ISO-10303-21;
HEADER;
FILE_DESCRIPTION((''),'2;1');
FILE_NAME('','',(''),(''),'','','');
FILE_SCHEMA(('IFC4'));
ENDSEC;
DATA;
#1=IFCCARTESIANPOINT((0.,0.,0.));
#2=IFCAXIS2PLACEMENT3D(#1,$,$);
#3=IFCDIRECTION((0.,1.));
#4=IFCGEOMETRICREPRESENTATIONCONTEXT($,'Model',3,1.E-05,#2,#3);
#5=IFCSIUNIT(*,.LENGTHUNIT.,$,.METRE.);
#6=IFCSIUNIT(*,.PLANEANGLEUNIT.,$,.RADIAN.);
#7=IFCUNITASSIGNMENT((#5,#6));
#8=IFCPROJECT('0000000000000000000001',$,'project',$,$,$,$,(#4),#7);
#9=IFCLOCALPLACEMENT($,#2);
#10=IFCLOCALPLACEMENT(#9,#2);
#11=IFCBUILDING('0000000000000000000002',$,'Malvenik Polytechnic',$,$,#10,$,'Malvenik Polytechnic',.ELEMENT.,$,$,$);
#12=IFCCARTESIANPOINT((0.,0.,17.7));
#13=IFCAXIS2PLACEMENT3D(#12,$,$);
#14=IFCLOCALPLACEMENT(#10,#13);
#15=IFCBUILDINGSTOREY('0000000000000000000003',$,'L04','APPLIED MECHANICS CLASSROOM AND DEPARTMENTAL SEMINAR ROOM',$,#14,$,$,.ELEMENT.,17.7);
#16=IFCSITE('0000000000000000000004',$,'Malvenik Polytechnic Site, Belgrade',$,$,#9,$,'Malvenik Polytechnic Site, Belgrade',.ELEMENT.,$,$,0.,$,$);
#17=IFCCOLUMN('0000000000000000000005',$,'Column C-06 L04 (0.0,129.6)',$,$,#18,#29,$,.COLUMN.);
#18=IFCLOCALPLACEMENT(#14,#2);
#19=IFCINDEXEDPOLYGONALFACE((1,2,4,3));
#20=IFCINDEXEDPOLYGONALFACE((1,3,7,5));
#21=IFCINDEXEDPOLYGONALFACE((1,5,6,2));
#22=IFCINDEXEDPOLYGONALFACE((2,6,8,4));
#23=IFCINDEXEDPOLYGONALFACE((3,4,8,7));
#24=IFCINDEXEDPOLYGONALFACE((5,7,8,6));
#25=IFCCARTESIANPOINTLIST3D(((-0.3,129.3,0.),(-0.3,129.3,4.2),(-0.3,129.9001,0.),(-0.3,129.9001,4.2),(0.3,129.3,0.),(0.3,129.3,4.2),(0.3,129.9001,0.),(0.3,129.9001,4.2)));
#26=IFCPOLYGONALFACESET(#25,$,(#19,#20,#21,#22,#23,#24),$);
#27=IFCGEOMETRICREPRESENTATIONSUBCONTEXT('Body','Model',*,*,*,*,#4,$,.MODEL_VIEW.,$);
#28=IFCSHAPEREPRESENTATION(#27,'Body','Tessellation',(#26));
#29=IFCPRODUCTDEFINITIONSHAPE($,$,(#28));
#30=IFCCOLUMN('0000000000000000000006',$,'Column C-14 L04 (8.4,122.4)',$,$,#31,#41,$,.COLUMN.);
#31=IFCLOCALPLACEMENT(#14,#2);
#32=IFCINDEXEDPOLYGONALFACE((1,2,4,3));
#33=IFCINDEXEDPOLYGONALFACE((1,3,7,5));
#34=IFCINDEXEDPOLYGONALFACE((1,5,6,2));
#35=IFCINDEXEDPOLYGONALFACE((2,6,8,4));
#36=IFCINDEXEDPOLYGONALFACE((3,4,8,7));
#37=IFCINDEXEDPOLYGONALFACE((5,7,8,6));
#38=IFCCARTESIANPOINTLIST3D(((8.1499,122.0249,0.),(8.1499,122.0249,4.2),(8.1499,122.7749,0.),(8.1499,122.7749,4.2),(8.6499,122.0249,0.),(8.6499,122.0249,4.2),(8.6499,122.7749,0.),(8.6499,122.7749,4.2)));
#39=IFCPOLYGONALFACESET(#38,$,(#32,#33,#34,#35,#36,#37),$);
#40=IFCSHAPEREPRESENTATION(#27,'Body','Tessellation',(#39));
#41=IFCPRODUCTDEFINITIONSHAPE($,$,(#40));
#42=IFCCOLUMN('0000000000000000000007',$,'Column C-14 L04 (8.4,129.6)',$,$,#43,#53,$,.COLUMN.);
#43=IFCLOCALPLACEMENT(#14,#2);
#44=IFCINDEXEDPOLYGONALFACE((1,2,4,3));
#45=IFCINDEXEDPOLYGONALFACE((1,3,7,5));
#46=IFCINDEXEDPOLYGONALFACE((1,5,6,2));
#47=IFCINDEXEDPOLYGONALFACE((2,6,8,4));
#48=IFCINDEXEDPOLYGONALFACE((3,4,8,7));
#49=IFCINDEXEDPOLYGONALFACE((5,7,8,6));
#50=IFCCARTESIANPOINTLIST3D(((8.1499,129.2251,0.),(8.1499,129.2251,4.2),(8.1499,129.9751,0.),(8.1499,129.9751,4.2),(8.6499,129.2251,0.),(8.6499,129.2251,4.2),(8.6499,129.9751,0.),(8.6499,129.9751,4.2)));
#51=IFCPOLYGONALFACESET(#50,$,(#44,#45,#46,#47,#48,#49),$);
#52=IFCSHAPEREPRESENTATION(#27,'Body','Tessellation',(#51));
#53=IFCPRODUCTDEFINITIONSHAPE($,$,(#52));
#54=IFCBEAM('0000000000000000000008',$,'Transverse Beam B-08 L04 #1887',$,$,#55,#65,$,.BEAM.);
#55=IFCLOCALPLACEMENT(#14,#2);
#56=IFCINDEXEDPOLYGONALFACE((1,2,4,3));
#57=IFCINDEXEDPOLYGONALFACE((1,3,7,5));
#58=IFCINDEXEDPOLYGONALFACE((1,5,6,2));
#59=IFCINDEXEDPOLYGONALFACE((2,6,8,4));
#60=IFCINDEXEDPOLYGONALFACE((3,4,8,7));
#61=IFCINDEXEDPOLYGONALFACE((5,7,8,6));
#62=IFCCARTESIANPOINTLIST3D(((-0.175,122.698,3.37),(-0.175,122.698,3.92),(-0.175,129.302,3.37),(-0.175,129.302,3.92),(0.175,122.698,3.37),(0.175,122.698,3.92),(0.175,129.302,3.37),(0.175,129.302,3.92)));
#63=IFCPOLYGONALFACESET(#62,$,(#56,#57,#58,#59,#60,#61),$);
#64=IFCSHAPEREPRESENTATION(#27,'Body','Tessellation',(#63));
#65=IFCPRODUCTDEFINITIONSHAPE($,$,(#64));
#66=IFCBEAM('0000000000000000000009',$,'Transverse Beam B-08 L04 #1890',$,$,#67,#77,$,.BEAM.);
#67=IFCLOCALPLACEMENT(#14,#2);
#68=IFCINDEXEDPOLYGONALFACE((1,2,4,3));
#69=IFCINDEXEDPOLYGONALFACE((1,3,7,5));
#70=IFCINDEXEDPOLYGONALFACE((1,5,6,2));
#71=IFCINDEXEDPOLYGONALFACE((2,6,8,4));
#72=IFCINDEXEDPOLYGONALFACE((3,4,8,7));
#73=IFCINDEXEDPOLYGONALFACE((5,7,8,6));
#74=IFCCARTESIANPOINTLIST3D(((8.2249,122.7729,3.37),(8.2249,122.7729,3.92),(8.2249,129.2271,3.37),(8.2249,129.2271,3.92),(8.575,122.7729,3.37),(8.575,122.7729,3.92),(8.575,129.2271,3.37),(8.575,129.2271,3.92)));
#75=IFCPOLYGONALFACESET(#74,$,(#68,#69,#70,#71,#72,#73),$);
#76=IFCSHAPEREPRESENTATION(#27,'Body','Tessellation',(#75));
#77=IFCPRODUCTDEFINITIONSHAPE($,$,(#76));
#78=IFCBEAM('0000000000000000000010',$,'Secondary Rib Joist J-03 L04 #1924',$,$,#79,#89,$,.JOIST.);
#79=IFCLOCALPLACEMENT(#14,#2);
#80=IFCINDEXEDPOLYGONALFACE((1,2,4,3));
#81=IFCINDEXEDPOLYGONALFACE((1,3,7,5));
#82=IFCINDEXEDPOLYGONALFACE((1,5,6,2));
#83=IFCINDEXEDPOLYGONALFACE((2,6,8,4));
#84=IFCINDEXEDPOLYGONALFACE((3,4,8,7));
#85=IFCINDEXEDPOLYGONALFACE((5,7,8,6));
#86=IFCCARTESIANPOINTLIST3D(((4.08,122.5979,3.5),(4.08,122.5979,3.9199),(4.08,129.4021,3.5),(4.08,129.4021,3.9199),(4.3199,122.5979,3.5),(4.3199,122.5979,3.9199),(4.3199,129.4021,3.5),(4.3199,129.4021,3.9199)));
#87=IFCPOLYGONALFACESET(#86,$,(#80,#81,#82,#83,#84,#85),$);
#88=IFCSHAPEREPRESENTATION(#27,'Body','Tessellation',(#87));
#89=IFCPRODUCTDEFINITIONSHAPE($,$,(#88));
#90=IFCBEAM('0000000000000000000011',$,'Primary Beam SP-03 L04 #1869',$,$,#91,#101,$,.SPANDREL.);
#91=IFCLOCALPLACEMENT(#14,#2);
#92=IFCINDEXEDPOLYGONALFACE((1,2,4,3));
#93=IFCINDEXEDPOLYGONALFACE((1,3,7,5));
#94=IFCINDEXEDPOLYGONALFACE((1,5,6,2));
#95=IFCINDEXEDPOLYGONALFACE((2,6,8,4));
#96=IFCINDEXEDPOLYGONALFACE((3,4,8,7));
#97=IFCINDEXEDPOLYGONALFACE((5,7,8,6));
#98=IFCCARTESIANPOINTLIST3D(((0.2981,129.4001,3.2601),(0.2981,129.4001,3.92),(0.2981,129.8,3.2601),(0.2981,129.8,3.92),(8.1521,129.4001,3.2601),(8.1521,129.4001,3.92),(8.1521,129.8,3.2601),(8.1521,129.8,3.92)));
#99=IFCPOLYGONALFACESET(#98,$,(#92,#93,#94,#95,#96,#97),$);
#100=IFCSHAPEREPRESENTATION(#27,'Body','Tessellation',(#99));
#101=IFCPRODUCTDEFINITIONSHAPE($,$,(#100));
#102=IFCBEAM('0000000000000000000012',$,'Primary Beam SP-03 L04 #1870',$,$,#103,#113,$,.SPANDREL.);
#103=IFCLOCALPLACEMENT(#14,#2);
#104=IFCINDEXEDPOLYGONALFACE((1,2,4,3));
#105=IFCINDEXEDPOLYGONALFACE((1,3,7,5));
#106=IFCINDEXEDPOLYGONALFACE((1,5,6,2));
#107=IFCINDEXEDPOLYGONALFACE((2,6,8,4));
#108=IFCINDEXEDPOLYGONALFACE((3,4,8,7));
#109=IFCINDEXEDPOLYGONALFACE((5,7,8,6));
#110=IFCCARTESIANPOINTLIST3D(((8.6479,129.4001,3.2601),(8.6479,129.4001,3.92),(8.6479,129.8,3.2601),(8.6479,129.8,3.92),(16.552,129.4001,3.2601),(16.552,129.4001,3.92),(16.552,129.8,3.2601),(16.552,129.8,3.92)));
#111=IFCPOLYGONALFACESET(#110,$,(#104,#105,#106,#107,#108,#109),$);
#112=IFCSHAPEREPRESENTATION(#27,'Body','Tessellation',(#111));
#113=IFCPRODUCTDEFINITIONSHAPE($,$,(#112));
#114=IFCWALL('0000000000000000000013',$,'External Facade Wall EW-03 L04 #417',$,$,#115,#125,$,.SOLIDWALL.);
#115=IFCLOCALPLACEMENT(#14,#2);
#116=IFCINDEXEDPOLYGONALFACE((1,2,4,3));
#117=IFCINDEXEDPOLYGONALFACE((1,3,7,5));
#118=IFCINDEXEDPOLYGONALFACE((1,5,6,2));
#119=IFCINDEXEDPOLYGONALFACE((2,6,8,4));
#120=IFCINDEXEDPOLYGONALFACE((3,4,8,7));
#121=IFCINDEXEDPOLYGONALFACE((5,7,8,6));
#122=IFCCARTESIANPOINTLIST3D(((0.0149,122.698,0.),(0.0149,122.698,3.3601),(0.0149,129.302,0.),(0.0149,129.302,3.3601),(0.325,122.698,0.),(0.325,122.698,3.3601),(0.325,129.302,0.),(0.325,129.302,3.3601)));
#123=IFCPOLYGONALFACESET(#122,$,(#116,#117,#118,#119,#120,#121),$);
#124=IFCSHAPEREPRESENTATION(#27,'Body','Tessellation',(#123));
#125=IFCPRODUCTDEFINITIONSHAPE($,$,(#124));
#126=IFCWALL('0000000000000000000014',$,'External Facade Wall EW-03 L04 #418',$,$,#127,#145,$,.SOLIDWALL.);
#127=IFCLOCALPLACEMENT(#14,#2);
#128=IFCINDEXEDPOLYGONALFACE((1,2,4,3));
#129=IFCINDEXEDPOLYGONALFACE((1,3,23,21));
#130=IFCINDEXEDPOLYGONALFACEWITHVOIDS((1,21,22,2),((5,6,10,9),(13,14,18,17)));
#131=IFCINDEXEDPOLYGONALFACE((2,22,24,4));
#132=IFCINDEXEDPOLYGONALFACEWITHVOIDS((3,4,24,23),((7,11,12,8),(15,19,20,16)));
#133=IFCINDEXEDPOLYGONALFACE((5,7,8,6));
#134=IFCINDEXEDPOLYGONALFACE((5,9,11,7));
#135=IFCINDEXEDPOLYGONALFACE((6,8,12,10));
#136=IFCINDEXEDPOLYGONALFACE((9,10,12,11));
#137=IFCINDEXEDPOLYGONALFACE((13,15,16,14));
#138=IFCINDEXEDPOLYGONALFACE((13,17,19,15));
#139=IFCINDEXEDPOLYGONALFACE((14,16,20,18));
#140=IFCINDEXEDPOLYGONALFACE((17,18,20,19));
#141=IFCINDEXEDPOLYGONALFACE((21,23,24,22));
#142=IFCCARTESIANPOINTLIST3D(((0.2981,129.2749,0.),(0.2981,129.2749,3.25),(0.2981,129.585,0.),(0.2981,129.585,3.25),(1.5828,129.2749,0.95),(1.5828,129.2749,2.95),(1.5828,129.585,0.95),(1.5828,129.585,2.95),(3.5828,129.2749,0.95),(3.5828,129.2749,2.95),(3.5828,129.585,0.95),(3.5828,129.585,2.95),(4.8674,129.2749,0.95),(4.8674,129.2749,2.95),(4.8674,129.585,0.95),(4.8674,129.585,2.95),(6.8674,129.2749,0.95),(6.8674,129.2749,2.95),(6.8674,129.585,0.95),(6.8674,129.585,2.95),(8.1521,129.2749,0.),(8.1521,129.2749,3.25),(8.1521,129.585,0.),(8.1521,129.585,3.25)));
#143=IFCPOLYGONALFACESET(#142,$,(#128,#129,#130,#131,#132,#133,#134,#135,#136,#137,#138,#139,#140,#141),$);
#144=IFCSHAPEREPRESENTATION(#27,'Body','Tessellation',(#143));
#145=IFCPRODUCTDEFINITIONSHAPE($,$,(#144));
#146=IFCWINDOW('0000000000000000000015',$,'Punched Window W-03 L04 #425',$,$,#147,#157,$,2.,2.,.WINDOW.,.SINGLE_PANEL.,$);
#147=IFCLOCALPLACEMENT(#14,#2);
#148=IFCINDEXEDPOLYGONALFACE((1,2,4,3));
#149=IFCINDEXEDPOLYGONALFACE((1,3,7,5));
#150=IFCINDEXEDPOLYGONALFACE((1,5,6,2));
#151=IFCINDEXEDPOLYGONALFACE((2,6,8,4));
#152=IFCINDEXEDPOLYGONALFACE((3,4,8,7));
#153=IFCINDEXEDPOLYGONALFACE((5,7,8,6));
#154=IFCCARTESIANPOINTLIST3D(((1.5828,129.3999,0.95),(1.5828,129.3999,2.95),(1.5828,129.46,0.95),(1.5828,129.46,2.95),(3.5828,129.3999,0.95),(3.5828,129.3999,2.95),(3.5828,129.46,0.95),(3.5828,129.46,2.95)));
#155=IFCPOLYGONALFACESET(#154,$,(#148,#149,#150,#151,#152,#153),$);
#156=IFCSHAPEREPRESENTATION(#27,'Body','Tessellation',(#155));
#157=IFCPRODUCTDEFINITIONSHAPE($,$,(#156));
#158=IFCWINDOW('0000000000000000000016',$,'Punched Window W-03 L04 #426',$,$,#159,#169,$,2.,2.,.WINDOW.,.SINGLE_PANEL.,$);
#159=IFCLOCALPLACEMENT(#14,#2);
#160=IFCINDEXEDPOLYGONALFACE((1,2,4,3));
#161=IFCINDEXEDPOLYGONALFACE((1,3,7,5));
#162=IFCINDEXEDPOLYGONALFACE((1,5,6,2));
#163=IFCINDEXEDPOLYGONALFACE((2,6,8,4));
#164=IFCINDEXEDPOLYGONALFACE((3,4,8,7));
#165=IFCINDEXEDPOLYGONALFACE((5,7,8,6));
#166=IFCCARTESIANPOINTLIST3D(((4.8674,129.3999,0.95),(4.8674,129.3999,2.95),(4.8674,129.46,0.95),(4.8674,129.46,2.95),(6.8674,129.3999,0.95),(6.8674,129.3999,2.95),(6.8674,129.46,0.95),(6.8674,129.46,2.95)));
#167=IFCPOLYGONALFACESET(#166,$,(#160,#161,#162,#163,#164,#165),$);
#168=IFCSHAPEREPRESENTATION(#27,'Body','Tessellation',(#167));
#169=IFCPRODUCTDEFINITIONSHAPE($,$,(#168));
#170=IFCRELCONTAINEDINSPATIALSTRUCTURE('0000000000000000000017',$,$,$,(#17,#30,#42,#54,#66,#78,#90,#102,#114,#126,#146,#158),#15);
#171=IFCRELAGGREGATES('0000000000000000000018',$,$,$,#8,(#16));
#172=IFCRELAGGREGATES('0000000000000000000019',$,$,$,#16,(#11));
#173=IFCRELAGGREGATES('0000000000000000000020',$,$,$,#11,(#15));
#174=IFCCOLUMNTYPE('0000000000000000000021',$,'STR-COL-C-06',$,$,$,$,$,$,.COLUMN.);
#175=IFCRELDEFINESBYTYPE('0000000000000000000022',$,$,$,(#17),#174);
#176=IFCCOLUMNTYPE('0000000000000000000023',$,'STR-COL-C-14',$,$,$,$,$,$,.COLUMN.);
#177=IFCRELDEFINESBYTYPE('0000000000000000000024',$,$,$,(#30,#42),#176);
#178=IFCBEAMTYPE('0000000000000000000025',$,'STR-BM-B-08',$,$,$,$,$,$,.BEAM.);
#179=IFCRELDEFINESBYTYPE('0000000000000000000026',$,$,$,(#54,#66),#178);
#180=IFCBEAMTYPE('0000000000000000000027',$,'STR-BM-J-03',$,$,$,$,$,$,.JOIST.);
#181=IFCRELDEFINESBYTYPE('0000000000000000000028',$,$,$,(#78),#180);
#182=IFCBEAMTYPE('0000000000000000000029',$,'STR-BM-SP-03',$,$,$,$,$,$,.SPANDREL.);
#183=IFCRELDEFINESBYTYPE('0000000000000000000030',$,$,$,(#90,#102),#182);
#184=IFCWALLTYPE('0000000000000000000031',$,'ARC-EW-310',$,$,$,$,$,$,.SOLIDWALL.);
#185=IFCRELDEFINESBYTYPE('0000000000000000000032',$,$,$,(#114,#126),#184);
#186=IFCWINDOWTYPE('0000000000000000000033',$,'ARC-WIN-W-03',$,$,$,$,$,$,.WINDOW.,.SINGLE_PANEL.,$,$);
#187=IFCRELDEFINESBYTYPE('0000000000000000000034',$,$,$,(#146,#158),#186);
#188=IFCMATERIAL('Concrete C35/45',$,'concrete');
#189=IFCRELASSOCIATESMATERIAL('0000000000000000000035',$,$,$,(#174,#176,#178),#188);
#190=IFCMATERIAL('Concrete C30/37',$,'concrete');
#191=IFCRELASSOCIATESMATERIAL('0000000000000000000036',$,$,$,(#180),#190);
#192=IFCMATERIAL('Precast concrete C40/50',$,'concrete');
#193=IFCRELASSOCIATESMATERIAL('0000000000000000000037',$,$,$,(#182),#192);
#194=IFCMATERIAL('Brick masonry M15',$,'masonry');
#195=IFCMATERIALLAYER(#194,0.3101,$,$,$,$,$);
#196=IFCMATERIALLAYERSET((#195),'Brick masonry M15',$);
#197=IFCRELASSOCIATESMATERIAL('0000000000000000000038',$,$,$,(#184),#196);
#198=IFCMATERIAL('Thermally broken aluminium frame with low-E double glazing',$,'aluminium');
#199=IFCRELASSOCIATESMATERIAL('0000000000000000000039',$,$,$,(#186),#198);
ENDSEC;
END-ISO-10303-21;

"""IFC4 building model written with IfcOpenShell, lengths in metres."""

from ifc_helpers import new_model, si_unit, direction, frame, frame_2d, origin, origin_2d, place, context, subcontext, project, spatial, rectangle, extrude, material, layer, layer_set, material_profile, profile_set, type_object, element, fill, save


model = new_model("IFC4")

# Units and contexts
model_context = context("Model", 3, precision=1e-05, world=origin(), true_north=direction((0.0, 1.0)))
body_context = subcontext(model_context, "Body", "Model", "MODEL_VIEW")
ifc_project = project(units=[si_unit("LENGTHUNIT", "METRE"), si_unit("PLANEANGLEUNIT", "RADIAN")], contexts=[model_context])

# Site, building, storey
site_placement = place(None, origin())
site = spatial("IfcSite", under=ifc_project, at=site_placement, Name="Malvenik Polytechnic Site, Belgrade", LongName="Malvenik Polytechnic Site, Belgrade", CompositionType="ELEMENT", RefElevation=0.0)
building_placement = place(site_placement, origin())
building = spatial("IfcBuilding", under=site, at=building_placement, Name="Malvenik Polytechnic", LongName="Malvenik Polytechnic", CompositionType="ELEMENT")
storey_placement = place(building_placement, frame((0.0, 0.0, 17.7)))
storey = spatial("IfcBuildingStorey", under=building, at=storey_placement, Name="L04", Description="APPLIED MECHANICS CLASSROOM AND DEPARTMENTAL SEMINAR ROOM", CompositionType="ELEMENT", Elevation=17.7)

# Columns
ifc_material_1 = material(Name="Concrete C35/45", Category="concrete")
ifc_material_profile_1 = material_profile(ifc_material_1, rectangle(XDim=0.6001, YDim=0.6001, at=origin_2d()), Name="RC COL 600x600")
ifc_profile_set_1 = profile_set([ifc_material_profile_1], Name="Concrete C35/45")
column_type_1 = type_object("IfcColumnType", Name="STR-COL-C-06", PredefinedType="COLUMN", material=ifc_profile_set_1)
column_placement = place(storey_placement, frame((0.0, 129.6001, 0.0), z_axis=(0.0, 0.0, 1.0), x_axis=(1.0, 0.0, 0.0)))
element("IfcColumn", 1, at=column_placement, inside=storey, type_object=column_type_1, Name="Column C-06 L04 (0.0,129.6)", PredefinedType="COLUMN", context=body_context, shape_type="SweptSolid", body=[
    extrude(rectangle(XDim=0.6001, YDim=0.6001, at=origin_2d()), origin(), (0.0, 0.0, 1.0), 4.2),
])
ifc_material_profile_2 = material_profile(ifc_material_1, rectangle(XDim=0.5, YDim=0.75, at=origin_2d()), Name="RC COL 750x500")
ifc_profile_set_2 = profile_set([ifc_material_profile_2], Name="Concrete C35/45")
column_type_2 = type_object("IfcColumnType", Name="STR-COL-C-14", PredefinedType="COLUMN", material=ifc_profile_set_2)
for number, where, z_axis, x_axis, name in (
    (2, (8.3999, 122.3999, 0.0), (0.0, 0.0, 1.0), (1.0, 0.0, 0.0), "Column C-14 L04 (8.4,122.4)"),
    (3, (8.3999, 129.6001, 0.0), (0.0, 0.0, 1.0), (1.0, 0.0, 0.0), "Column C-14 L04 (8.4,129.6)"),
):
    element("IfcColumn", number, at=place(storey_placement, frame(where, z_axis=z_axis, x_axis=x_axis)), inside=storey, type_object=column_type_2, Name=name, PredefinedType="COLUMN", context=body_context, shape_type="SweptSolid", body=[
        extrude(rectangle(XDim=0.5, YDim=0.75, at=origin_2d()), origin(), (0.0, 0.0, 1.0), 4.2),
    ])

# Beams
ifc_material_profile_3 = material_profile(ifc_material_1, rectangle(XDim=0.3501, YDim=0.55, at=origin_2d()), Name="RC BM 350x550")
ifc_profile_set_3 = profile_set([ifc_material_profile_3], Name="Concrete C35/45")
beam_type_1 = type_object("IfcBeamType", Name="STR-BM-B-08", PredefinedType="BEAM", material=ifc_profile_set_3)
beam_1_placement = place(storey_placement, frame((0.0, 122.698, 3.645), z_axis=(0.0, 1.0, 0.0), x_axis=(-1.0, 0.0, 0.0)))
element("IfcBeam", 4, at=beam_1_placement, inside=storey, type_object=beam_type_1, Name="Transverse Beam B-08 L04 #1887", PredefinedType="BEAM", context=body_context, shape_type="SweptSolid", body=[
    extrude(rectangle(XDim=0.3501, YDim=0.55, at=origin_2d()), origin(), (0.0, 0.0, 1.0), 6.604),
])
beam_2_placement = place(storey_placement, frame((8.3999, 122.7729, 3.645), z_axis=(0.0, 1.0, 0.0), x_axis=(-1.0, 0.0, 0.0)))
element("IfcBeam", 5, at=beam_2_placement, inside=storey, type_object=beam_type_1, Name="Transverse Beam B-08 L04 #1890", PredefinedType="BEAM", context=body_context, shape_type="SweptSolid", body=[
    extrude(rectangle(XDim=0.3501, YDim=0.55, at=origin_2d()), origin(), (0.0, 0.0, 1.0), 6.4541),
])
ifc_material_2 = material(Name="Concrete C30/37", Category="concrete")
ifc_material_profile_4 = material_profile(ifc_material_2, rectangle(XDim=0.24, YDim=0.4199, at=origin_2d()), Name="RC JST 240x420")
ifc_profile_set_4 = profile_set([ifc_material_profile_4], Name="Concrete C30/37")
beam_type_2 = type_object("IfcBeamType", Name="STR-BM-J-03", PredefinedType="JOIST", material=ifc_profile_set_4)
beam_3_placement = place(storey_placement, frame((4.2, 122.5979, 3.71), z_axis=(0.0, 1.0, 0.0), x_axis=(-1.0, 0.0, 0.0)))
element("IfcBeam", 6, at=beam_3_placement, inside=storey, type_object=beam_type_2, Name="Secondary Rib Joist J-03 L04 #1924", PredefinedType="JOIST", context=body_context, shape_type="SweptSolid", body=[
    extrude(rectangle(XDim=0.24, YDim=0.4199, at=origin_2d()), origin(), (0.0, 0.0, 1.0), 6.8042),
])
ifc_material_3 = material(Name="Precast concrete C40/50", Category="concrete")
ifc_material_profile_5 = material_profile(ifc_material_3, rectangle(XDim=0.3999, YDim=0.6599, at=origin_2d()), Name="PC SPN 400x660")
ifc_profile_set_5 = profile_set([ifc_material_profile_5], Name="Precast concrete C40/50")
beam_type_3 = type_object("IfcBeamType", Name="STR-BM-SP-03", PredefinedType="SPANDREL", material=ifc_profile_set_5)
beam_4_placement = place(storey_placement, frame((0.2981, 129.6001, 3.5901), z_axis=(1.0, 0.0, 0.0), x_axis=(0.0, 1.0, 0.0)))
element("IfcBeam", 7, at=beam_4_placement, inside=storey, type_object=beam_type_3, Name="Primary Beam SP-03 L04 #1869", PredefinedType="SPANDREL", context=body_context, shape_type="SweptSolid", body=[
    extrude(rectangle(XDim=0.3999, YDim=0.6599, at=origin_2d()), origin(), (0.0, 0.0, 1.0), 7.854),
])
beam_5_placement = place(storey_placement, frame((8.6479, 129.6001, 3.5901), z_axis=(1.0, 0.0, 0.0), x_axis=(0.0, 1.0, 0.0)))
element("IfcBeam", 8, at=beam_5_placement, inside=storey, type_object=beam_type_3, Name="Primary Beam SP-03 L04 #1870", PredefinedType="SPANDREL", context=body_context, shape_type="SweptSolid", body=[
    extrude(rectangle(XDim=0.3999, YDim=0.6599, at=origin_2d()), origin(), (0.0, 0.0, 1.0), 7.9041),
])

# Wall
ifc_material_4 = material(Name="Brick masonry M15", Category="masonry")
ifc_layer_1 = layer(ifc_material_4, 0.3101)
ifc_layer_set_1 = layer_set([ifc_layer_1], Name="Brick masonry M15")
wall_type_1 = type_object("IfcWallType", Name="ARC-EW-310", PredefinedType="SOLIDWALL", material=ifc_layer_set_1)
wall_1_placement = place(storey_placement, frame((0.1699, 122.698, 0.0), z_axis=(0.0, 0.0, 1.0), x_axis=(0.0, 1.0, 0.0)))
element("IfcWall", 9, at=wall_1_placement, inside=storey, type_object=wall_type_1, Name="External Facade Wall EW-03 L04 #417", PredefinedType="SOLIDWALL", context=body_context, shape_type="SweptSolid", body=[
    extrude(rectangle(XDim=6.604, YDim=0.3101, at=frame_2d((3.302, 0.0))), origin(), (0.0, 0.0, 1.0), 3.3601),
])

# Wall, openings, windows
wall_2_placement = place(storey_placement, frame((0.2981, 129.4299, 0.0), z_axis=(0.0, 0.0, 1.0), x_axis=(1.0, 0.0, 0.0)))
wall_2 = element("IfcWall", 10, at=wall_2_placement, inside=storey, type_object=wall_type_1, Name="External Facade Wall EW-03 L04 #418", PredefinedType="SOLIDWALL", context=body_context, shape_type="SweptSolid", body=[
    extrude(rectangle(XDim=7.854, YDim=0.3101, at=frame_2d((3.927, 0.0))), origin(), (0.0, 0.0, 1.0), 3.25),
])
opening_1_placement = place(wall_2_placement, frame((1.2847, 0.0, 0.95)))
opening_1 = element("IfcOpeningElement", 11, at=opening_1_placement, cuts=wall_2, PredefinedType="OPENING", context=body_context, shape_type="SweptSolid", body=[
    extrude(rectangle(XDim=2.0, YDim=2.0, at=frame_2d((1.0, 1.0))), frame((0.0, 0.165, 0.0), z_axis=(0.0, -1.0, 0.0), x_axis=(1.0, 0.0, 0.0)), (0.0, 0.0, 1.0), 0.3301),
])
opening_2_placement = place(wall_2_placement, frame((4.5693, 0.0, 0.95)))
opening_2 = element("IfcOpeningElement", 12, at=opening_2_placement, cuts=wall_2, PredefinedType="OPENING", context=body_context, shape_type="SweptSolid", body=[
    extrude(rectangle(XDim=2.0, YDim=2.0, at=frame_2d((1.0, 1.0))), frame((0.0, 0.165, 0.0), z_axis=(0.0, -1.0, 0.0), x_axis=(1.0, 0.0, 0.0)), (0.0, 0.0, 1.0), 0.3301),
])
ifc_material_5 = material(Name="Thermally broken aluminium frame with low-E double glazing", Category="aluminium")
window_type_1 = type_object("IfcWindowType", Name="ARC-WIN-W-03", PartitioningType="SINGLE_PANEL", PredefinedType="WINDOW", material=ifc_material_5)
window_1_placement = place(opening_1_placement, origin())
window_1 = element("IfcWindow", 13, at=window_1_placement, inside=storey, type_object=window_type_1, Name="Punched Window W-03 L04 #425", OverallHeight=2.0, OverallWidth=2.0, PartitioningType="SINGLE_PANEL", PredefinedType="WINDOW", context=body_context, shape_type="SweptSolid", body=[
    extrude(rectangle(XDim=2.0, YDim=2.0, at=frame_2d((1.0, 1.0))), frame((0.0, 0.03, 0.0), z_axis=(0.0, -1.0, 0.0), x_axis=(1.0, 0.0, 0.0)), (0.0, 0.0, 1.0), 0.0601),
])
fill(opening_1, window_1)
window_2_placement = place(opening_2_placement, origin())
window_2 = element("IfcWindow", 14, at=window_2_placement, inside=storey, type_object=window_type_1, Name="Punched Window W-03 L04 #426", OverallHeight=2.0, OverallWidth=2.0, PartitioningType="SINGLE_PANEL", PredefinedType="WINDOW", context=body_context, shape_type="SweptSolid", body=[
    extrude(rectangle(XDim=2.0, YDim=2.0, at=frame_2d((1.0, 1.0))), frame((0.0, 0.03, 0.0), z_axis=(0.0, -1.0, 0.0), x_axis=(1.0, 0.0, 0.0)), (0.0, 0.0, 1.0), 0.0601),
])
fill(opening_2, window_2)

save(model, "model.ifc")
